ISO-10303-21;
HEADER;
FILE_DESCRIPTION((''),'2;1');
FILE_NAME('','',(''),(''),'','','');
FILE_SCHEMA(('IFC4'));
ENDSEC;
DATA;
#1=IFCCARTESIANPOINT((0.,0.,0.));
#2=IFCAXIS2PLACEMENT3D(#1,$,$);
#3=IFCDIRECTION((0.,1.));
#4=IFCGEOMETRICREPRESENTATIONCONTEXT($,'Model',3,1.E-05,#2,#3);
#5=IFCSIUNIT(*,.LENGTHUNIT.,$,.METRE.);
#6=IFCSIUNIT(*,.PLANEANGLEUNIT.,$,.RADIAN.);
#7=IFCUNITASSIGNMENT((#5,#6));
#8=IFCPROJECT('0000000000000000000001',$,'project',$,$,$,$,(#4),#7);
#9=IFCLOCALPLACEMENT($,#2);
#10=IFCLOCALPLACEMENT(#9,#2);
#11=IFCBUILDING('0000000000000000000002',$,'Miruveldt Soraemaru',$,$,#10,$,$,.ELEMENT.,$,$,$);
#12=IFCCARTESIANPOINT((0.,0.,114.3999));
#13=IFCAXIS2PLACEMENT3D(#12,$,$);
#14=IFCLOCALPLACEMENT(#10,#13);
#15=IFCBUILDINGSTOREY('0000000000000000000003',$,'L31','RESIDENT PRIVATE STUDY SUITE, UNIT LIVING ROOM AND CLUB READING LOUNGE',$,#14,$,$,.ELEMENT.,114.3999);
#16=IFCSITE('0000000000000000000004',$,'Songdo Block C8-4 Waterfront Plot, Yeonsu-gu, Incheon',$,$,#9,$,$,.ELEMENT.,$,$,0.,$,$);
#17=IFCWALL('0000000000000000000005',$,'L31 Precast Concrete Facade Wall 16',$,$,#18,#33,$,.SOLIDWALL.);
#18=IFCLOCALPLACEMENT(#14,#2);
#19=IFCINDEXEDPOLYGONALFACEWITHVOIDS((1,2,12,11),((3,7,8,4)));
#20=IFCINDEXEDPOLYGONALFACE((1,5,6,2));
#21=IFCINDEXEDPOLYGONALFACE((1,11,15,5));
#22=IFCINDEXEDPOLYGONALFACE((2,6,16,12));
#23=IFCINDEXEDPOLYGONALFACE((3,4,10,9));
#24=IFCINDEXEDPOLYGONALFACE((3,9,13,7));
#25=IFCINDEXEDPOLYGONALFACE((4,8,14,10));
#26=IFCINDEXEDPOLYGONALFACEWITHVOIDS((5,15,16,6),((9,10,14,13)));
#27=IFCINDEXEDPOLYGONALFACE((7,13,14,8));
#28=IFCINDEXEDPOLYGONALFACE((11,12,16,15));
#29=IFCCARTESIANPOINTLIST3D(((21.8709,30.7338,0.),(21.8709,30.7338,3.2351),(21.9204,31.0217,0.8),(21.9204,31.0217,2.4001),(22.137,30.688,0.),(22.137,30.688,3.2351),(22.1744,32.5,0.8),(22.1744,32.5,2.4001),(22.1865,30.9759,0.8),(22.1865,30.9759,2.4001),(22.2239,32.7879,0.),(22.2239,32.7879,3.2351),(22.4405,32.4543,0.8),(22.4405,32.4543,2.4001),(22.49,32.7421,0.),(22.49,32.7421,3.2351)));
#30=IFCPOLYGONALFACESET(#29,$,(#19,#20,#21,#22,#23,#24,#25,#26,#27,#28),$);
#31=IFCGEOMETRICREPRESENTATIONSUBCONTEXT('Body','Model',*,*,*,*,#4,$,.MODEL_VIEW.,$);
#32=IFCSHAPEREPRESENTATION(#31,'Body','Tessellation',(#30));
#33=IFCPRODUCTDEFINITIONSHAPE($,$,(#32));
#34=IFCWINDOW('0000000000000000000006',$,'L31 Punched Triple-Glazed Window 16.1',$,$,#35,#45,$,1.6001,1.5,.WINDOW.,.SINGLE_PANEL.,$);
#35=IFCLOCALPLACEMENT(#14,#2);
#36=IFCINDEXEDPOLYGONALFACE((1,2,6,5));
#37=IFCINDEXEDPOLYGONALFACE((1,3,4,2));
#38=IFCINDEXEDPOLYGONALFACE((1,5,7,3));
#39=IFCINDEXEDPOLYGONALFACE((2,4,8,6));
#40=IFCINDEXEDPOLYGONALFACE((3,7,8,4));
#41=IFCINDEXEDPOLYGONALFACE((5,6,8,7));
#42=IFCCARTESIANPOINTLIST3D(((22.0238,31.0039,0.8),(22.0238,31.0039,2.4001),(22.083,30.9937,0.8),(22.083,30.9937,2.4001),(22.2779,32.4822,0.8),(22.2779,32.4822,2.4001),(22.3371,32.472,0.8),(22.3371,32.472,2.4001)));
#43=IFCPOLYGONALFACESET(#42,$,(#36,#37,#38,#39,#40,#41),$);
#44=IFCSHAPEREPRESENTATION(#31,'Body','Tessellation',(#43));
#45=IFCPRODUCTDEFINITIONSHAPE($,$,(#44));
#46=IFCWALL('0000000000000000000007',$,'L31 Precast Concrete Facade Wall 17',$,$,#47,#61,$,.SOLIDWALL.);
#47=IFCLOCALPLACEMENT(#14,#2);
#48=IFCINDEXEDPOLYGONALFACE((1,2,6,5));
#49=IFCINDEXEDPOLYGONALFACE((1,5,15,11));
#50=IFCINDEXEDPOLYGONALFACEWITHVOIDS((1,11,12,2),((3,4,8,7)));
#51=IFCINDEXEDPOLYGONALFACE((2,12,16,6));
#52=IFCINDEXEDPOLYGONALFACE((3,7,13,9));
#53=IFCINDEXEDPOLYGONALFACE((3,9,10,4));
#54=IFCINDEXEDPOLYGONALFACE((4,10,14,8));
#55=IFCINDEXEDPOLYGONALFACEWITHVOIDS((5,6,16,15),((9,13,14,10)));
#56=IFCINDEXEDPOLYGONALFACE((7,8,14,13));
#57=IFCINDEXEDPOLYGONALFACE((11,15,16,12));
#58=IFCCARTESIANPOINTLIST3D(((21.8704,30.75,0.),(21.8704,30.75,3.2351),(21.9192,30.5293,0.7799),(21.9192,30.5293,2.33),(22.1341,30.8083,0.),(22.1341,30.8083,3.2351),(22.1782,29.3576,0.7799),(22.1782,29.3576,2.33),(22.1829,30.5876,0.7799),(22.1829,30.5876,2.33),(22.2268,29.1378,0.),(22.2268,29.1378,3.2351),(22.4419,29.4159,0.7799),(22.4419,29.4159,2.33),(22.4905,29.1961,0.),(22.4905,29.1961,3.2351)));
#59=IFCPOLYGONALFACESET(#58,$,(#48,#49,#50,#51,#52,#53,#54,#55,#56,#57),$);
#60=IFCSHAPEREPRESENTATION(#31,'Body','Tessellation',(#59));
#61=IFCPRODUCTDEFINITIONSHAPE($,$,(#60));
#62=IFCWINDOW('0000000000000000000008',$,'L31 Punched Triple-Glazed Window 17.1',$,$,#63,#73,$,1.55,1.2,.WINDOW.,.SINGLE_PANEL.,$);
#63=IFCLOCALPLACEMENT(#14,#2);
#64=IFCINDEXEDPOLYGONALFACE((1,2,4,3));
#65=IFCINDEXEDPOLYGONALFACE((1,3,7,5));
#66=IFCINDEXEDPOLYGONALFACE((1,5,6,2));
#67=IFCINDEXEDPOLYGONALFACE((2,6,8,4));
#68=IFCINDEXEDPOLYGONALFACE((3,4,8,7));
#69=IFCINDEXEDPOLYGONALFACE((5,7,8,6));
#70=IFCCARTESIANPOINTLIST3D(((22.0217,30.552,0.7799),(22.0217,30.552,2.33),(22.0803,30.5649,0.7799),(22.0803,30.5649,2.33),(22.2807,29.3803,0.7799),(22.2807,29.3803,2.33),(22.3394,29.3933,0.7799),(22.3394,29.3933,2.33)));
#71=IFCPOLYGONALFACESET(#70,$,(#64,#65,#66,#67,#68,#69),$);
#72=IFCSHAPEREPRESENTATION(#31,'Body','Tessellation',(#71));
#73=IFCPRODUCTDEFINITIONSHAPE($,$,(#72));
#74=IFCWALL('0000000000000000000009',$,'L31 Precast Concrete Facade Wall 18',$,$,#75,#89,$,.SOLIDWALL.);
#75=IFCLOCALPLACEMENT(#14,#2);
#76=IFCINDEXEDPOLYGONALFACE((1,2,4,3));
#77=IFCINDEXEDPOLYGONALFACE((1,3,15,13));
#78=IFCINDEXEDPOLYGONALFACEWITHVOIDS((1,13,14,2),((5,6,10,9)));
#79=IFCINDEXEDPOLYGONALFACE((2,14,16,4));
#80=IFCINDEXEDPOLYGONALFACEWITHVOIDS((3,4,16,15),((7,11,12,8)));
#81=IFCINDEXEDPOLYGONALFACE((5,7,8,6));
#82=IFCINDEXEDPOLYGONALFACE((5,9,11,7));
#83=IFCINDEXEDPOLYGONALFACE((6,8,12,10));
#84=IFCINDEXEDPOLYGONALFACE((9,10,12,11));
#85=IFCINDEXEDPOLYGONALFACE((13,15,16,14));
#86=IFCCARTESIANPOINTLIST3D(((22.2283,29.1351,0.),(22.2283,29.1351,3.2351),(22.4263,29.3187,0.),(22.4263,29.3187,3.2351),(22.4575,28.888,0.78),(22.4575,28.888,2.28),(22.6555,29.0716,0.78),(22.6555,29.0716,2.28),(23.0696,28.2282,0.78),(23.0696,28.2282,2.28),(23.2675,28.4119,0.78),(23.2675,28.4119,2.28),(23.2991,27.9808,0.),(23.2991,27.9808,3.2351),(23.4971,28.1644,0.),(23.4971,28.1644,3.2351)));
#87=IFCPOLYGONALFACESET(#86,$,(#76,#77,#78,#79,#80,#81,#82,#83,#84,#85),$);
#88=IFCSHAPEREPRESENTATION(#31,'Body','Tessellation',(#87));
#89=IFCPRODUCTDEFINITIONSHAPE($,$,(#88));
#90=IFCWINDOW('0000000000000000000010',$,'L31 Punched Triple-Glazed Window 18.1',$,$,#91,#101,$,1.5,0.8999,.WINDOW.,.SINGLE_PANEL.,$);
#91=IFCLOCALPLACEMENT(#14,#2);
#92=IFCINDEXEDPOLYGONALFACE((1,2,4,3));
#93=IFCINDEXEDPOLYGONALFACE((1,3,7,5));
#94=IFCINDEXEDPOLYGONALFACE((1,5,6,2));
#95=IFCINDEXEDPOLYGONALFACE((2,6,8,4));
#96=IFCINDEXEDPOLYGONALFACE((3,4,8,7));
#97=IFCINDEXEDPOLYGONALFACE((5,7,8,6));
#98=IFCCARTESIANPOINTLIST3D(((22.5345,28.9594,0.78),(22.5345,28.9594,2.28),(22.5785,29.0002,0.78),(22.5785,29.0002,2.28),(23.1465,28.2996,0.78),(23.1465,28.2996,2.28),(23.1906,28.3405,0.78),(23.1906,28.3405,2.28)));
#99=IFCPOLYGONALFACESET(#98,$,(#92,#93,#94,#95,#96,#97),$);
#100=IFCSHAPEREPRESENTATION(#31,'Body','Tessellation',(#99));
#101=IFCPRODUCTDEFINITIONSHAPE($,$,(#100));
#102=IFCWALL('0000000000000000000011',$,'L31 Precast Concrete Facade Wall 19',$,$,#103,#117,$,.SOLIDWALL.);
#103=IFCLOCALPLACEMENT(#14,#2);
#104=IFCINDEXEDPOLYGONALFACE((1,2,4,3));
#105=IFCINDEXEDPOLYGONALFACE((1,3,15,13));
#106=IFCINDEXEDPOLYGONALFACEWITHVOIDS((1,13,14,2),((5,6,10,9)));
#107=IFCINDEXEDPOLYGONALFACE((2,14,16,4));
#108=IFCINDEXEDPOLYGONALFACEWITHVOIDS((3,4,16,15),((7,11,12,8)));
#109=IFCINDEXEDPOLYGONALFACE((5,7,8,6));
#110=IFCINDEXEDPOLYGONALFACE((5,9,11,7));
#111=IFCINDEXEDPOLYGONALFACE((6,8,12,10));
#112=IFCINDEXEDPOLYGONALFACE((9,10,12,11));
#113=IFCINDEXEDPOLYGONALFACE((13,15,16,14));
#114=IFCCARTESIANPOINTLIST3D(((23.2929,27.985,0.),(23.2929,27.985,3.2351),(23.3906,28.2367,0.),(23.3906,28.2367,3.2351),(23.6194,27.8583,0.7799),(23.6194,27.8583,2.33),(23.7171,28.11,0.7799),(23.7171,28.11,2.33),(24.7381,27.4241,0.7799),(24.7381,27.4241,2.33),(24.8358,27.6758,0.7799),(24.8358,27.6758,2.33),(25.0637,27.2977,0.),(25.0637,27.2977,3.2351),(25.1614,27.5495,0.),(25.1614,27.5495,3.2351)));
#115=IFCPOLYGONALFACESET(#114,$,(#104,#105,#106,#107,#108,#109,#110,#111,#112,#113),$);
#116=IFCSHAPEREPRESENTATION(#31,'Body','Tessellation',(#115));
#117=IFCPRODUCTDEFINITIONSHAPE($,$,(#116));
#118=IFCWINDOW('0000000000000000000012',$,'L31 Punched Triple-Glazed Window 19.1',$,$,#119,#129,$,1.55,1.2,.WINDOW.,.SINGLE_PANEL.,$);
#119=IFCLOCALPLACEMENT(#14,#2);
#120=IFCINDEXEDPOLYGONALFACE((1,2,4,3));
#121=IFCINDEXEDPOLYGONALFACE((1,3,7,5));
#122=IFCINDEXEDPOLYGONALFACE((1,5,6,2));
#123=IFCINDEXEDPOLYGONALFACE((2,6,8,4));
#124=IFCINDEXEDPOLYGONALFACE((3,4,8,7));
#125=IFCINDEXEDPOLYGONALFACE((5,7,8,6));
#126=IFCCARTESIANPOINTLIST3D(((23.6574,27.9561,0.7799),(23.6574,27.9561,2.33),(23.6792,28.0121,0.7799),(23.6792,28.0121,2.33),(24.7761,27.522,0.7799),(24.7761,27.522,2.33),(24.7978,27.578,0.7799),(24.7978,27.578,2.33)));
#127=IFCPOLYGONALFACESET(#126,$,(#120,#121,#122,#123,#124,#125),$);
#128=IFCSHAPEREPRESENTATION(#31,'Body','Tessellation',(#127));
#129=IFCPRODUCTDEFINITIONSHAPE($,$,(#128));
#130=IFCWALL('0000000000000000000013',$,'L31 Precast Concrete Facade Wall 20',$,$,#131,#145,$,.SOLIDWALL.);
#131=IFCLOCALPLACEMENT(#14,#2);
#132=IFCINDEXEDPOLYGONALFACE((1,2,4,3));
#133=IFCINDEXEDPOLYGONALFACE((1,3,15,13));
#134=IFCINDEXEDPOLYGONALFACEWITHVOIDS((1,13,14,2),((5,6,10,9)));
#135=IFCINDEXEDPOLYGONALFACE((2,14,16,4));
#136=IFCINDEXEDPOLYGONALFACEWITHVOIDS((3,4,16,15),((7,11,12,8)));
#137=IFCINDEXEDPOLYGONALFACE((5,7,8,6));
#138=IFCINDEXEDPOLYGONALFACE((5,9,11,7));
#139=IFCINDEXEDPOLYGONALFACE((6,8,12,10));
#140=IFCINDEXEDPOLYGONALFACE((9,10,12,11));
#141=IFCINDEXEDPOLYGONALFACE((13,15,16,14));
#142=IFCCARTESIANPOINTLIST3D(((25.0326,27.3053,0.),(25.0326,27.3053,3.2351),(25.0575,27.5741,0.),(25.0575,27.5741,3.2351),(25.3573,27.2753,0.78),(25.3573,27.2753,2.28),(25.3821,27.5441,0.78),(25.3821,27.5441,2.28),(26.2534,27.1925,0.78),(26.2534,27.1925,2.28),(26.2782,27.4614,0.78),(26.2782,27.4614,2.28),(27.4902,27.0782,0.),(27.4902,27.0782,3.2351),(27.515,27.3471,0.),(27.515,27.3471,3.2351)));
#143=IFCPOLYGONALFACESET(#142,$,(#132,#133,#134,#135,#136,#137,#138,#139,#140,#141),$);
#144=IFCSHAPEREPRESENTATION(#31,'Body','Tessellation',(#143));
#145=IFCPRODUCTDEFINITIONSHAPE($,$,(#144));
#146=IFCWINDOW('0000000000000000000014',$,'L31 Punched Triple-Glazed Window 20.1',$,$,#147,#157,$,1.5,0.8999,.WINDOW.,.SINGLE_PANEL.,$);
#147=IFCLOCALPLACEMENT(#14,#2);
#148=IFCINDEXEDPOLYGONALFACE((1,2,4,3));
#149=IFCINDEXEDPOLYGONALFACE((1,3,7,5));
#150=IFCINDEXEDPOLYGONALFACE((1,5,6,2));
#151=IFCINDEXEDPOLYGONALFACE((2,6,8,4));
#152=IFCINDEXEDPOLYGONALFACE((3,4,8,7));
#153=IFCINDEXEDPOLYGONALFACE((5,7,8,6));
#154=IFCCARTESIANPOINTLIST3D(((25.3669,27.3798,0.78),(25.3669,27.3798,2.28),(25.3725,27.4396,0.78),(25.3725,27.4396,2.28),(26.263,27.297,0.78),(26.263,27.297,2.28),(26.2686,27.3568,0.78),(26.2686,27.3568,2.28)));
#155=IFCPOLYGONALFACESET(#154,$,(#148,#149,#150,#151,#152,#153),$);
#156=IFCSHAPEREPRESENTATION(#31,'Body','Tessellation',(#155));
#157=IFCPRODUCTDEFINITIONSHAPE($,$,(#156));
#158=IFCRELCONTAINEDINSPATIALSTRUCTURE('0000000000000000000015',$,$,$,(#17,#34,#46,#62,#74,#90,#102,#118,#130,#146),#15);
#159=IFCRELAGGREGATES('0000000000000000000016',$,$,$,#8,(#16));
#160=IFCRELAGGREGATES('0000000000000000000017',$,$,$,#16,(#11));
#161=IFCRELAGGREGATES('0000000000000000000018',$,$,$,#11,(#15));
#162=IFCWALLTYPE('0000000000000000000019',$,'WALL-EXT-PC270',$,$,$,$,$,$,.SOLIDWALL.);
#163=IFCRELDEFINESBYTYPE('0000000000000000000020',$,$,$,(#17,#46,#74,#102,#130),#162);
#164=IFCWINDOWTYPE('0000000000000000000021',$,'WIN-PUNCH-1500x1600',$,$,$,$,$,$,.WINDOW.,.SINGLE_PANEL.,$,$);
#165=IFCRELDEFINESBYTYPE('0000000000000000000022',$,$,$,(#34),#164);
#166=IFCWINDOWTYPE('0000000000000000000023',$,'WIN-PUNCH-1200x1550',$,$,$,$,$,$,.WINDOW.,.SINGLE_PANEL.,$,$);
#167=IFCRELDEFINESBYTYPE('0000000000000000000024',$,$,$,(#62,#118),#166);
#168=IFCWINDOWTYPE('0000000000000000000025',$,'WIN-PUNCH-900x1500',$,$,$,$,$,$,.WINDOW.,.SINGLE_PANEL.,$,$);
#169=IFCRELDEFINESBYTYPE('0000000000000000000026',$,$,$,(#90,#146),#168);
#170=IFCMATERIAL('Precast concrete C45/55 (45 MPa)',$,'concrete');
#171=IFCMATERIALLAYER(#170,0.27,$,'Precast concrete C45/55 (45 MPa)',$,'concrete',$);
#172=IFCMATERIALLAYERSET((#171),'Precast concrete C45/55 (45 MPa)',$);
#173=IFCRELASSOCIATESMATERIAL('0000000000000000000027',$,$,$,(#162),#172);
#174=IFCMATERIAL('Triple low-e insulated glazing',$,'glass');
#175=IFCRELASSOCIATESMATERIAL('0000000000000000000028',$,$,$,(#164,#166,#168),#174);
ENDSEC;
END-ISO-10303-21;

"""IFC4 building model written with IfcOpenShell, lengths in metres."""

from ifc_helpers import new_model, si_unit, direction, frame, frame_2d, origin, place, context, subcontext, project, spatial, rectangle, extrude, material, layer, layer_set, type_object, element, fill, save


model = new_model("IFC4")

# Units and contexts
model_context = context("Model", 3, precision=1e-05, world=origin(), true_north=direction((0.0, 1.0)))
body_context = subcontext(model_context, "Body", "Model", "MODEL_VIEW")
ifc_project = project(units=[si_unit("LENGTHUNIT", "METRE"), si_unit("PLANEANGLEUNIT", "RADIAN")], contexts=[model_context])

# Site, building, storey
site_placement = place(None, origin())
site = spatial("IfcSite", under=ifc_project, at=site_placement, Name="Songdo Block C8-4 Waterfront Plot, Yeonsu-gu, Incheon", CompositionType="ELEMENT", RefElevation=0.0)
building_placement = place(site_placement, origin())
building = spatial("IfcBuilding", under=site, at=building_placement, Name="Miruveldt Soraemaru", CompositionType="ELEMENT")
storey_placement = place(building_placement, frame((0.0, 0.0, 114.3999)))
storey = spatial("IfcBuildingStorey", under=building, at=storey_placement, Name="L31", Description="RESIDENT PRIVATE STUDY SUITE, UNIT LIVING ROOM AND CLUB READING LOUNGE", CompositionType="ELEMENT", Elevation=114.3999)

# Walls, openings, windows
ifc_material_1 = material(Name="Precast concrete C45/55 (45 MPa)", Category="concrete")
ifc_layer_1 = layer(ifc_material_1, 0.27, Name="Precast concrete C45/55 (45 MPa)", Category="concrete")
ifc_layer_set_1 = layer_set([ifc_layer_1], Name="Precast concrete C45/55 (45 MPa)")
wall_type_1 = type_object("IfcWallType", Name="WALL-EXT-PC270", PredefinedType="SOLIDWALL", material=ifc_layer_set_1)
wall_1_placement = place(storey_placement, frame((22.3569, 32.7649, 0.0), z_axis=(0.0, 0.0, 1.0), x_axis=(-0.169373, -0.985552, 0.0)))
wall_1 = element("IfcWall", 1, at=wall_1_placement, inside=storey, type_object=wall_type_1, Name="L31 Precast Concrete Facade Wall 16", PredefinedType="SOLIDWALL", context=body_context, shape_type="SweptSolid", body=[
    extrude(rectangle(XDim=2.0842, YDim=0.27, at=frame_2d((1.042, 0.0))), origin(), (0.0, 0.0, 1.0), 3.2351),
])
opening_1_placement = place(wall_1_placement, frame((0.292, 0.0, 0.8)))
opening_1 = element("IfcOpeningElement", 2, at=opening_1_placement, cuts=wall_1, PredefinedType="OPENING", context=body_context, shape_type="SweptSolid", body=[
    extrude(rectangle(XDim=1.5, YDim=1.6001, at=frame_2d((0.75, 0.8))), frame((0.0, 0.145, 0.0), z_axis=(0.0, -1.0, 0.0), x_axis=(1.0, 0.0, 0.0)), (0.0, 0.0, 1.0), 0.29),
])
ifc_material_2 = material(Name="Triple low-e insulated glazing", Category="glass")
window_type_1 = type_object("IfcWindowType", Name="WIN-PUNCH-1500x1600", PartitioningType="SINGLE_PANEL", PredefinedType="WINDOW", material=ifc_material_2)
window_1_placement = place(opening_1_placement, origin())
window_1 = element("IfcWindow", 3, at=window_1_placement, inside=storey, type_object=window_type_1, Name="L31 Punched Triple-Glazed Window 16.1", OverallHeight=1.6001, OverallWidth=1.5, PartitioningType="SINGLE_PANEL", PredefinedType="WINDOW", context=body_context, shape_type="SweptSolid", body=[
    extrude(rectangle(XDim=1.5, YDim=1.6001, at=frame_2d((0.75, 0.8))), frame((0.0, 0.03, 0.0), z_axis=(0.0, -1.0, 0.0), x_axis=(1.0, 0.0, 0.0)), (0.0, 0.0, 1.0), 0.0601),
])
fill(opening_1, window_1)
wall_2_placement = place(storey_placement, frame((22.0022, 30.7793, 0.0), z_axis=(0.0, 0.0, 1.0), x_axis=(0.215866, -0.976423, 0.0)))
wall_2 = element("IfcWall", 4, at=wall_2_placement, inside=storey, type_object=wall_type_1, Name="L31 Precast Concrete Facade Wall 17", PredefinedType="SOLIDWALL", context=body_context, shape_type="SweptSolid", body=[
    extrude(rectangle(XDim=1.6511, YDim=0.27, at=frame_2d((0.8257, 0.0))), origin(), (0.0, 0.0, 1.0), 3.2351),
])
opening_2_placement = place(wall_2_placement, frame((0.2261, 0.0, 0.78)))
opening_2 = element("IfcOpeningElement", 5, at=opening_2_placement, cuts=wall_2, PredefinedType="OPENING", context=body_context, shape_type="SweptSolid", body=[
    extrude(rectangle(XDim=1.2, YDim=1.55, at=frame_2d((0.6001, 0.7749))), frame((0.0, 0.145, 0.0), z_axis=(0.0, -1.0, 0.0), x_axis=(1.0, 0.0, 0.0)), (0.0, 0.0, 1.0), 0.29),
])
window_type_2 = type_object("IfcWindowType", Name="WIN-PUNCH-1200x1550", PartitioningType="SINGLE_PANEL", PredefinedType="WINDOW", material=ifc_material_2)
window_2_placement = place(opening_2_placement, origin())
window_2 = element("IfcWindow", 6, at=window_2_placement, inside=storey, type_object=window_type_2, Name="L31 Punched Triple-Glazed Window 17.1", OverallHeight=1.55, OverallWidth=1.2, PartitioningType="SINGLE_PANEL", PredefinedType="WINDOW", context=body_context, shape_type="SweptSolid", body=[
    extrude(rectangle(XDim=1.2, YDim=1.55, at=frame_2d((0.6001, 0.7749))), frame((0.0, 0.03, 0.0), z_axis=(0.0, -1.0, 0.0), x_axis=(1.0, 0.0, 0.0)), (0.0, 0.0, 1.0), 0.0601),
])
fill(opening_2, window_2)
wall_3_placement = place(storey_placement, frame((22.3274, 29.2268, 0.0), z_axis=(0.0, 0.0, 1.0), x_axis=(0.680094, -0.733125, 0.0)))
wall_3 = element("IfcWall", 7, at=wall_3_placement, inside=storey, type_object=wall_type_1, Name="L31 Precast Concrete Facade Wall 18", PredefinedType="SOLIDWALL", context=body_context, shape_type="SweptSolid", body=[
    extrude(rectangle(XDim=1.5745, YDim=0.27, at=frame_2d((0.7871, 0.0))), origin(), (0.0, 0.0, 1.0), 3.2351),
])
opening_3_placement = place(wall_3_placement, frame((0.3369, 0.0, 0.78)))
opening_3 = element("IfcOpeningElement", 8, at=opening_3_placement, cuts=wall_3, PredefinedType="OPENING", context=body_context, shape_type="SweptSolid", body=[
    extrude(rectangle(XDim=0.8999, YDim=1.5, at=frame_2d((0.45, 0.75))), frame((0.0, 0.145, 0.0), z_axis=(0.0, -1.0, 0.0), x_axis=(1.0, 0.0, 0.0)), (0.0, 0.0, 1.0), 0.29),
])
window_type_3 = type_object("IfcWindowType", Name="WIN-PUNCH-900x1500", PartitioningType="SINGLE_PANEL", PredefinedType="WINDOW", material=ifc_material_2)
window_3_placement = place(opening_3_placement, origin())
window_3 = element("IfcWindow", 9, at=window_3_placement, inside=storey, type_object=window_type_3, Name="L31 Punched Triple-Glazed Window 18.1", OverallHeight=1.5, OverallWidth=0.8999, PartitioningType="SINGLE_PANEL", PredefinedType="WINDOW", context=body_context, shape_type="SweptSolid", body=[
    extrude(rectangle(XDim=0.8999, YDim=1.5, at=frame_2d((0.45, 0.75))), frame((0.0, 0.03, 0.0), z_axis=(0.0, -1.0, 0.0), x_axis=(1.0, 0.0, 0.0)), (0.0, 0.0, 1.0), 0.0601),
])
fill(opening_3, window_3)
wall_4_placement = place(storey_placement, frame((23.3418, 28.1108, 0.0), z_axis=(0.0, 0.0, 1.0), x_axis=(0.932248, -0.36182, 0.0)))
wall_4 = element("IfcWall", 10, at=wall_4_placement, inside=storey, type_object=wall_type_1, Name="L31 Precast Concrete Facade Wall 19", PredefinedType="SOLIDWALL", context=body_context, shape_type="SweptSolid", body=[
    extrude(rectangle(XDim=1.8994, YDim=0.27, at=frame_2d((0.9497, 0.0))), origin(), (0.0, 0.0, 1.0), 3.2351),
])
opening_4_placement = place(wall_4_placement, frame((0.3501, 0.0, 0.78)))
opening_4 = element("IfcOpeningElement", 11, at=opening_4_placement, cuts=wall_4, PredefinedType="OPENING", context=body_context, shape_type="SweptSolid", body=[
    extrude(rectangle(XDim=1.2, YDim=1.55, at=frame_2d((0.6001, 0.7749))), frame((0.0, 0.145, 0.0), z_axis=(0.0, -1.0, 0.0), x_axis=(1.0, 0.0, 0.0)), (0.0, 0.0, 1.0), 0.29),
])
window_4_placement = place(opening_4_placement, origin())
window_4 = element("IfcWindow", 12, at=window_4_placement, inside=storey, type_object=window_type_2, Name="L31 Punched Triple-Glazed Window 19.1", OverallHeight=1.55, OverallWidth=1.2, PartitioningType="SINGLE_PANEL", PredefinedType="WINDOW", context=body_context, shape_type="SweptSolid", body=[
    extrude(rectangle(XDim=1.2, YDim=1.55, at=frame_2d((0.6001, 0.7749))), frame((0.0, 0.03, 0.0), z_axis=(0.0, -1.0, 0.0), x_axis=(1.0, 0.0, 0.0)), (0.0, 0.0, 1.0), 0.0601),
])
fill(opening_4, window_4)
wall_5_placement = place(storey_placement, frame((25.0452, 27.4397, 0.0), z_axis=(0.0, 0.0, 1.0), x_axis=(0.995759, -0.091998, 0.0)))
wall_5 = element("IfcWall", 13, at=wall_5_placement, inside=storey, type_object=wall_type_1, Name="L31 Precast Concrete Facade Wall 20", PredefinedType="SOLIDWALL", context=body_context, shape_type="SweptSolid", body=[
    extrude(rectangle(XDim=2.468, YDim=0.27, at=frame_2d((1.2339, 0.0))), origin(), (0.0, 0.0, 1.0), 3.2351),
])
opening_5_placement = place(wall_5_placement, frame((0.3259, 0.0, 0.78)))
opening_5 = element("IfcOpeningElement", 14, at=opening_5_placement, cuts=wall_5, PredefinedType="OPENING", context=body_context, shape_type="SweptSolid", body=[
    extrude(rectangle(XDim=0.8999, YDim=1.5, at=frame_2d((0.45, 0.75))), frame((0.0, 0.145, 0.0), z_axis=(0.0, -1.0, 0.0), x_axis=(1.0, 0.0, 0.0)), (0.0, 0.0, 1.0), 0.29),
])
window_5_placement = place(opening_5_placement, origin())
window_5 = element("IfcWindow", 15, at=window_5_placement, inside=storey, type_object=window_type_3, Name="L31 Punched Triple-Glazed Window 20.1", OverallHeight=1.5, OverallWidth=0.8999, PartitioningType="SINGLE_PANEL", PredefinedType="WINDOW", context=body_context, shape_type="SweptSolid", body=[
    extrude(rectangle(XDim=0.8999, YDim=1.5, at=frame_2d((0.45, 0.75))), frame((0.0, 0.03, 0.0), z_axis=(0.0, -1.0, 0.0), x_axis=(1.0, 0.0, 0.0)), (0.0, 0.0, 1.0), 0.0601),
])
fill(opening_5, window_5)

save(model, "model.ifc")
